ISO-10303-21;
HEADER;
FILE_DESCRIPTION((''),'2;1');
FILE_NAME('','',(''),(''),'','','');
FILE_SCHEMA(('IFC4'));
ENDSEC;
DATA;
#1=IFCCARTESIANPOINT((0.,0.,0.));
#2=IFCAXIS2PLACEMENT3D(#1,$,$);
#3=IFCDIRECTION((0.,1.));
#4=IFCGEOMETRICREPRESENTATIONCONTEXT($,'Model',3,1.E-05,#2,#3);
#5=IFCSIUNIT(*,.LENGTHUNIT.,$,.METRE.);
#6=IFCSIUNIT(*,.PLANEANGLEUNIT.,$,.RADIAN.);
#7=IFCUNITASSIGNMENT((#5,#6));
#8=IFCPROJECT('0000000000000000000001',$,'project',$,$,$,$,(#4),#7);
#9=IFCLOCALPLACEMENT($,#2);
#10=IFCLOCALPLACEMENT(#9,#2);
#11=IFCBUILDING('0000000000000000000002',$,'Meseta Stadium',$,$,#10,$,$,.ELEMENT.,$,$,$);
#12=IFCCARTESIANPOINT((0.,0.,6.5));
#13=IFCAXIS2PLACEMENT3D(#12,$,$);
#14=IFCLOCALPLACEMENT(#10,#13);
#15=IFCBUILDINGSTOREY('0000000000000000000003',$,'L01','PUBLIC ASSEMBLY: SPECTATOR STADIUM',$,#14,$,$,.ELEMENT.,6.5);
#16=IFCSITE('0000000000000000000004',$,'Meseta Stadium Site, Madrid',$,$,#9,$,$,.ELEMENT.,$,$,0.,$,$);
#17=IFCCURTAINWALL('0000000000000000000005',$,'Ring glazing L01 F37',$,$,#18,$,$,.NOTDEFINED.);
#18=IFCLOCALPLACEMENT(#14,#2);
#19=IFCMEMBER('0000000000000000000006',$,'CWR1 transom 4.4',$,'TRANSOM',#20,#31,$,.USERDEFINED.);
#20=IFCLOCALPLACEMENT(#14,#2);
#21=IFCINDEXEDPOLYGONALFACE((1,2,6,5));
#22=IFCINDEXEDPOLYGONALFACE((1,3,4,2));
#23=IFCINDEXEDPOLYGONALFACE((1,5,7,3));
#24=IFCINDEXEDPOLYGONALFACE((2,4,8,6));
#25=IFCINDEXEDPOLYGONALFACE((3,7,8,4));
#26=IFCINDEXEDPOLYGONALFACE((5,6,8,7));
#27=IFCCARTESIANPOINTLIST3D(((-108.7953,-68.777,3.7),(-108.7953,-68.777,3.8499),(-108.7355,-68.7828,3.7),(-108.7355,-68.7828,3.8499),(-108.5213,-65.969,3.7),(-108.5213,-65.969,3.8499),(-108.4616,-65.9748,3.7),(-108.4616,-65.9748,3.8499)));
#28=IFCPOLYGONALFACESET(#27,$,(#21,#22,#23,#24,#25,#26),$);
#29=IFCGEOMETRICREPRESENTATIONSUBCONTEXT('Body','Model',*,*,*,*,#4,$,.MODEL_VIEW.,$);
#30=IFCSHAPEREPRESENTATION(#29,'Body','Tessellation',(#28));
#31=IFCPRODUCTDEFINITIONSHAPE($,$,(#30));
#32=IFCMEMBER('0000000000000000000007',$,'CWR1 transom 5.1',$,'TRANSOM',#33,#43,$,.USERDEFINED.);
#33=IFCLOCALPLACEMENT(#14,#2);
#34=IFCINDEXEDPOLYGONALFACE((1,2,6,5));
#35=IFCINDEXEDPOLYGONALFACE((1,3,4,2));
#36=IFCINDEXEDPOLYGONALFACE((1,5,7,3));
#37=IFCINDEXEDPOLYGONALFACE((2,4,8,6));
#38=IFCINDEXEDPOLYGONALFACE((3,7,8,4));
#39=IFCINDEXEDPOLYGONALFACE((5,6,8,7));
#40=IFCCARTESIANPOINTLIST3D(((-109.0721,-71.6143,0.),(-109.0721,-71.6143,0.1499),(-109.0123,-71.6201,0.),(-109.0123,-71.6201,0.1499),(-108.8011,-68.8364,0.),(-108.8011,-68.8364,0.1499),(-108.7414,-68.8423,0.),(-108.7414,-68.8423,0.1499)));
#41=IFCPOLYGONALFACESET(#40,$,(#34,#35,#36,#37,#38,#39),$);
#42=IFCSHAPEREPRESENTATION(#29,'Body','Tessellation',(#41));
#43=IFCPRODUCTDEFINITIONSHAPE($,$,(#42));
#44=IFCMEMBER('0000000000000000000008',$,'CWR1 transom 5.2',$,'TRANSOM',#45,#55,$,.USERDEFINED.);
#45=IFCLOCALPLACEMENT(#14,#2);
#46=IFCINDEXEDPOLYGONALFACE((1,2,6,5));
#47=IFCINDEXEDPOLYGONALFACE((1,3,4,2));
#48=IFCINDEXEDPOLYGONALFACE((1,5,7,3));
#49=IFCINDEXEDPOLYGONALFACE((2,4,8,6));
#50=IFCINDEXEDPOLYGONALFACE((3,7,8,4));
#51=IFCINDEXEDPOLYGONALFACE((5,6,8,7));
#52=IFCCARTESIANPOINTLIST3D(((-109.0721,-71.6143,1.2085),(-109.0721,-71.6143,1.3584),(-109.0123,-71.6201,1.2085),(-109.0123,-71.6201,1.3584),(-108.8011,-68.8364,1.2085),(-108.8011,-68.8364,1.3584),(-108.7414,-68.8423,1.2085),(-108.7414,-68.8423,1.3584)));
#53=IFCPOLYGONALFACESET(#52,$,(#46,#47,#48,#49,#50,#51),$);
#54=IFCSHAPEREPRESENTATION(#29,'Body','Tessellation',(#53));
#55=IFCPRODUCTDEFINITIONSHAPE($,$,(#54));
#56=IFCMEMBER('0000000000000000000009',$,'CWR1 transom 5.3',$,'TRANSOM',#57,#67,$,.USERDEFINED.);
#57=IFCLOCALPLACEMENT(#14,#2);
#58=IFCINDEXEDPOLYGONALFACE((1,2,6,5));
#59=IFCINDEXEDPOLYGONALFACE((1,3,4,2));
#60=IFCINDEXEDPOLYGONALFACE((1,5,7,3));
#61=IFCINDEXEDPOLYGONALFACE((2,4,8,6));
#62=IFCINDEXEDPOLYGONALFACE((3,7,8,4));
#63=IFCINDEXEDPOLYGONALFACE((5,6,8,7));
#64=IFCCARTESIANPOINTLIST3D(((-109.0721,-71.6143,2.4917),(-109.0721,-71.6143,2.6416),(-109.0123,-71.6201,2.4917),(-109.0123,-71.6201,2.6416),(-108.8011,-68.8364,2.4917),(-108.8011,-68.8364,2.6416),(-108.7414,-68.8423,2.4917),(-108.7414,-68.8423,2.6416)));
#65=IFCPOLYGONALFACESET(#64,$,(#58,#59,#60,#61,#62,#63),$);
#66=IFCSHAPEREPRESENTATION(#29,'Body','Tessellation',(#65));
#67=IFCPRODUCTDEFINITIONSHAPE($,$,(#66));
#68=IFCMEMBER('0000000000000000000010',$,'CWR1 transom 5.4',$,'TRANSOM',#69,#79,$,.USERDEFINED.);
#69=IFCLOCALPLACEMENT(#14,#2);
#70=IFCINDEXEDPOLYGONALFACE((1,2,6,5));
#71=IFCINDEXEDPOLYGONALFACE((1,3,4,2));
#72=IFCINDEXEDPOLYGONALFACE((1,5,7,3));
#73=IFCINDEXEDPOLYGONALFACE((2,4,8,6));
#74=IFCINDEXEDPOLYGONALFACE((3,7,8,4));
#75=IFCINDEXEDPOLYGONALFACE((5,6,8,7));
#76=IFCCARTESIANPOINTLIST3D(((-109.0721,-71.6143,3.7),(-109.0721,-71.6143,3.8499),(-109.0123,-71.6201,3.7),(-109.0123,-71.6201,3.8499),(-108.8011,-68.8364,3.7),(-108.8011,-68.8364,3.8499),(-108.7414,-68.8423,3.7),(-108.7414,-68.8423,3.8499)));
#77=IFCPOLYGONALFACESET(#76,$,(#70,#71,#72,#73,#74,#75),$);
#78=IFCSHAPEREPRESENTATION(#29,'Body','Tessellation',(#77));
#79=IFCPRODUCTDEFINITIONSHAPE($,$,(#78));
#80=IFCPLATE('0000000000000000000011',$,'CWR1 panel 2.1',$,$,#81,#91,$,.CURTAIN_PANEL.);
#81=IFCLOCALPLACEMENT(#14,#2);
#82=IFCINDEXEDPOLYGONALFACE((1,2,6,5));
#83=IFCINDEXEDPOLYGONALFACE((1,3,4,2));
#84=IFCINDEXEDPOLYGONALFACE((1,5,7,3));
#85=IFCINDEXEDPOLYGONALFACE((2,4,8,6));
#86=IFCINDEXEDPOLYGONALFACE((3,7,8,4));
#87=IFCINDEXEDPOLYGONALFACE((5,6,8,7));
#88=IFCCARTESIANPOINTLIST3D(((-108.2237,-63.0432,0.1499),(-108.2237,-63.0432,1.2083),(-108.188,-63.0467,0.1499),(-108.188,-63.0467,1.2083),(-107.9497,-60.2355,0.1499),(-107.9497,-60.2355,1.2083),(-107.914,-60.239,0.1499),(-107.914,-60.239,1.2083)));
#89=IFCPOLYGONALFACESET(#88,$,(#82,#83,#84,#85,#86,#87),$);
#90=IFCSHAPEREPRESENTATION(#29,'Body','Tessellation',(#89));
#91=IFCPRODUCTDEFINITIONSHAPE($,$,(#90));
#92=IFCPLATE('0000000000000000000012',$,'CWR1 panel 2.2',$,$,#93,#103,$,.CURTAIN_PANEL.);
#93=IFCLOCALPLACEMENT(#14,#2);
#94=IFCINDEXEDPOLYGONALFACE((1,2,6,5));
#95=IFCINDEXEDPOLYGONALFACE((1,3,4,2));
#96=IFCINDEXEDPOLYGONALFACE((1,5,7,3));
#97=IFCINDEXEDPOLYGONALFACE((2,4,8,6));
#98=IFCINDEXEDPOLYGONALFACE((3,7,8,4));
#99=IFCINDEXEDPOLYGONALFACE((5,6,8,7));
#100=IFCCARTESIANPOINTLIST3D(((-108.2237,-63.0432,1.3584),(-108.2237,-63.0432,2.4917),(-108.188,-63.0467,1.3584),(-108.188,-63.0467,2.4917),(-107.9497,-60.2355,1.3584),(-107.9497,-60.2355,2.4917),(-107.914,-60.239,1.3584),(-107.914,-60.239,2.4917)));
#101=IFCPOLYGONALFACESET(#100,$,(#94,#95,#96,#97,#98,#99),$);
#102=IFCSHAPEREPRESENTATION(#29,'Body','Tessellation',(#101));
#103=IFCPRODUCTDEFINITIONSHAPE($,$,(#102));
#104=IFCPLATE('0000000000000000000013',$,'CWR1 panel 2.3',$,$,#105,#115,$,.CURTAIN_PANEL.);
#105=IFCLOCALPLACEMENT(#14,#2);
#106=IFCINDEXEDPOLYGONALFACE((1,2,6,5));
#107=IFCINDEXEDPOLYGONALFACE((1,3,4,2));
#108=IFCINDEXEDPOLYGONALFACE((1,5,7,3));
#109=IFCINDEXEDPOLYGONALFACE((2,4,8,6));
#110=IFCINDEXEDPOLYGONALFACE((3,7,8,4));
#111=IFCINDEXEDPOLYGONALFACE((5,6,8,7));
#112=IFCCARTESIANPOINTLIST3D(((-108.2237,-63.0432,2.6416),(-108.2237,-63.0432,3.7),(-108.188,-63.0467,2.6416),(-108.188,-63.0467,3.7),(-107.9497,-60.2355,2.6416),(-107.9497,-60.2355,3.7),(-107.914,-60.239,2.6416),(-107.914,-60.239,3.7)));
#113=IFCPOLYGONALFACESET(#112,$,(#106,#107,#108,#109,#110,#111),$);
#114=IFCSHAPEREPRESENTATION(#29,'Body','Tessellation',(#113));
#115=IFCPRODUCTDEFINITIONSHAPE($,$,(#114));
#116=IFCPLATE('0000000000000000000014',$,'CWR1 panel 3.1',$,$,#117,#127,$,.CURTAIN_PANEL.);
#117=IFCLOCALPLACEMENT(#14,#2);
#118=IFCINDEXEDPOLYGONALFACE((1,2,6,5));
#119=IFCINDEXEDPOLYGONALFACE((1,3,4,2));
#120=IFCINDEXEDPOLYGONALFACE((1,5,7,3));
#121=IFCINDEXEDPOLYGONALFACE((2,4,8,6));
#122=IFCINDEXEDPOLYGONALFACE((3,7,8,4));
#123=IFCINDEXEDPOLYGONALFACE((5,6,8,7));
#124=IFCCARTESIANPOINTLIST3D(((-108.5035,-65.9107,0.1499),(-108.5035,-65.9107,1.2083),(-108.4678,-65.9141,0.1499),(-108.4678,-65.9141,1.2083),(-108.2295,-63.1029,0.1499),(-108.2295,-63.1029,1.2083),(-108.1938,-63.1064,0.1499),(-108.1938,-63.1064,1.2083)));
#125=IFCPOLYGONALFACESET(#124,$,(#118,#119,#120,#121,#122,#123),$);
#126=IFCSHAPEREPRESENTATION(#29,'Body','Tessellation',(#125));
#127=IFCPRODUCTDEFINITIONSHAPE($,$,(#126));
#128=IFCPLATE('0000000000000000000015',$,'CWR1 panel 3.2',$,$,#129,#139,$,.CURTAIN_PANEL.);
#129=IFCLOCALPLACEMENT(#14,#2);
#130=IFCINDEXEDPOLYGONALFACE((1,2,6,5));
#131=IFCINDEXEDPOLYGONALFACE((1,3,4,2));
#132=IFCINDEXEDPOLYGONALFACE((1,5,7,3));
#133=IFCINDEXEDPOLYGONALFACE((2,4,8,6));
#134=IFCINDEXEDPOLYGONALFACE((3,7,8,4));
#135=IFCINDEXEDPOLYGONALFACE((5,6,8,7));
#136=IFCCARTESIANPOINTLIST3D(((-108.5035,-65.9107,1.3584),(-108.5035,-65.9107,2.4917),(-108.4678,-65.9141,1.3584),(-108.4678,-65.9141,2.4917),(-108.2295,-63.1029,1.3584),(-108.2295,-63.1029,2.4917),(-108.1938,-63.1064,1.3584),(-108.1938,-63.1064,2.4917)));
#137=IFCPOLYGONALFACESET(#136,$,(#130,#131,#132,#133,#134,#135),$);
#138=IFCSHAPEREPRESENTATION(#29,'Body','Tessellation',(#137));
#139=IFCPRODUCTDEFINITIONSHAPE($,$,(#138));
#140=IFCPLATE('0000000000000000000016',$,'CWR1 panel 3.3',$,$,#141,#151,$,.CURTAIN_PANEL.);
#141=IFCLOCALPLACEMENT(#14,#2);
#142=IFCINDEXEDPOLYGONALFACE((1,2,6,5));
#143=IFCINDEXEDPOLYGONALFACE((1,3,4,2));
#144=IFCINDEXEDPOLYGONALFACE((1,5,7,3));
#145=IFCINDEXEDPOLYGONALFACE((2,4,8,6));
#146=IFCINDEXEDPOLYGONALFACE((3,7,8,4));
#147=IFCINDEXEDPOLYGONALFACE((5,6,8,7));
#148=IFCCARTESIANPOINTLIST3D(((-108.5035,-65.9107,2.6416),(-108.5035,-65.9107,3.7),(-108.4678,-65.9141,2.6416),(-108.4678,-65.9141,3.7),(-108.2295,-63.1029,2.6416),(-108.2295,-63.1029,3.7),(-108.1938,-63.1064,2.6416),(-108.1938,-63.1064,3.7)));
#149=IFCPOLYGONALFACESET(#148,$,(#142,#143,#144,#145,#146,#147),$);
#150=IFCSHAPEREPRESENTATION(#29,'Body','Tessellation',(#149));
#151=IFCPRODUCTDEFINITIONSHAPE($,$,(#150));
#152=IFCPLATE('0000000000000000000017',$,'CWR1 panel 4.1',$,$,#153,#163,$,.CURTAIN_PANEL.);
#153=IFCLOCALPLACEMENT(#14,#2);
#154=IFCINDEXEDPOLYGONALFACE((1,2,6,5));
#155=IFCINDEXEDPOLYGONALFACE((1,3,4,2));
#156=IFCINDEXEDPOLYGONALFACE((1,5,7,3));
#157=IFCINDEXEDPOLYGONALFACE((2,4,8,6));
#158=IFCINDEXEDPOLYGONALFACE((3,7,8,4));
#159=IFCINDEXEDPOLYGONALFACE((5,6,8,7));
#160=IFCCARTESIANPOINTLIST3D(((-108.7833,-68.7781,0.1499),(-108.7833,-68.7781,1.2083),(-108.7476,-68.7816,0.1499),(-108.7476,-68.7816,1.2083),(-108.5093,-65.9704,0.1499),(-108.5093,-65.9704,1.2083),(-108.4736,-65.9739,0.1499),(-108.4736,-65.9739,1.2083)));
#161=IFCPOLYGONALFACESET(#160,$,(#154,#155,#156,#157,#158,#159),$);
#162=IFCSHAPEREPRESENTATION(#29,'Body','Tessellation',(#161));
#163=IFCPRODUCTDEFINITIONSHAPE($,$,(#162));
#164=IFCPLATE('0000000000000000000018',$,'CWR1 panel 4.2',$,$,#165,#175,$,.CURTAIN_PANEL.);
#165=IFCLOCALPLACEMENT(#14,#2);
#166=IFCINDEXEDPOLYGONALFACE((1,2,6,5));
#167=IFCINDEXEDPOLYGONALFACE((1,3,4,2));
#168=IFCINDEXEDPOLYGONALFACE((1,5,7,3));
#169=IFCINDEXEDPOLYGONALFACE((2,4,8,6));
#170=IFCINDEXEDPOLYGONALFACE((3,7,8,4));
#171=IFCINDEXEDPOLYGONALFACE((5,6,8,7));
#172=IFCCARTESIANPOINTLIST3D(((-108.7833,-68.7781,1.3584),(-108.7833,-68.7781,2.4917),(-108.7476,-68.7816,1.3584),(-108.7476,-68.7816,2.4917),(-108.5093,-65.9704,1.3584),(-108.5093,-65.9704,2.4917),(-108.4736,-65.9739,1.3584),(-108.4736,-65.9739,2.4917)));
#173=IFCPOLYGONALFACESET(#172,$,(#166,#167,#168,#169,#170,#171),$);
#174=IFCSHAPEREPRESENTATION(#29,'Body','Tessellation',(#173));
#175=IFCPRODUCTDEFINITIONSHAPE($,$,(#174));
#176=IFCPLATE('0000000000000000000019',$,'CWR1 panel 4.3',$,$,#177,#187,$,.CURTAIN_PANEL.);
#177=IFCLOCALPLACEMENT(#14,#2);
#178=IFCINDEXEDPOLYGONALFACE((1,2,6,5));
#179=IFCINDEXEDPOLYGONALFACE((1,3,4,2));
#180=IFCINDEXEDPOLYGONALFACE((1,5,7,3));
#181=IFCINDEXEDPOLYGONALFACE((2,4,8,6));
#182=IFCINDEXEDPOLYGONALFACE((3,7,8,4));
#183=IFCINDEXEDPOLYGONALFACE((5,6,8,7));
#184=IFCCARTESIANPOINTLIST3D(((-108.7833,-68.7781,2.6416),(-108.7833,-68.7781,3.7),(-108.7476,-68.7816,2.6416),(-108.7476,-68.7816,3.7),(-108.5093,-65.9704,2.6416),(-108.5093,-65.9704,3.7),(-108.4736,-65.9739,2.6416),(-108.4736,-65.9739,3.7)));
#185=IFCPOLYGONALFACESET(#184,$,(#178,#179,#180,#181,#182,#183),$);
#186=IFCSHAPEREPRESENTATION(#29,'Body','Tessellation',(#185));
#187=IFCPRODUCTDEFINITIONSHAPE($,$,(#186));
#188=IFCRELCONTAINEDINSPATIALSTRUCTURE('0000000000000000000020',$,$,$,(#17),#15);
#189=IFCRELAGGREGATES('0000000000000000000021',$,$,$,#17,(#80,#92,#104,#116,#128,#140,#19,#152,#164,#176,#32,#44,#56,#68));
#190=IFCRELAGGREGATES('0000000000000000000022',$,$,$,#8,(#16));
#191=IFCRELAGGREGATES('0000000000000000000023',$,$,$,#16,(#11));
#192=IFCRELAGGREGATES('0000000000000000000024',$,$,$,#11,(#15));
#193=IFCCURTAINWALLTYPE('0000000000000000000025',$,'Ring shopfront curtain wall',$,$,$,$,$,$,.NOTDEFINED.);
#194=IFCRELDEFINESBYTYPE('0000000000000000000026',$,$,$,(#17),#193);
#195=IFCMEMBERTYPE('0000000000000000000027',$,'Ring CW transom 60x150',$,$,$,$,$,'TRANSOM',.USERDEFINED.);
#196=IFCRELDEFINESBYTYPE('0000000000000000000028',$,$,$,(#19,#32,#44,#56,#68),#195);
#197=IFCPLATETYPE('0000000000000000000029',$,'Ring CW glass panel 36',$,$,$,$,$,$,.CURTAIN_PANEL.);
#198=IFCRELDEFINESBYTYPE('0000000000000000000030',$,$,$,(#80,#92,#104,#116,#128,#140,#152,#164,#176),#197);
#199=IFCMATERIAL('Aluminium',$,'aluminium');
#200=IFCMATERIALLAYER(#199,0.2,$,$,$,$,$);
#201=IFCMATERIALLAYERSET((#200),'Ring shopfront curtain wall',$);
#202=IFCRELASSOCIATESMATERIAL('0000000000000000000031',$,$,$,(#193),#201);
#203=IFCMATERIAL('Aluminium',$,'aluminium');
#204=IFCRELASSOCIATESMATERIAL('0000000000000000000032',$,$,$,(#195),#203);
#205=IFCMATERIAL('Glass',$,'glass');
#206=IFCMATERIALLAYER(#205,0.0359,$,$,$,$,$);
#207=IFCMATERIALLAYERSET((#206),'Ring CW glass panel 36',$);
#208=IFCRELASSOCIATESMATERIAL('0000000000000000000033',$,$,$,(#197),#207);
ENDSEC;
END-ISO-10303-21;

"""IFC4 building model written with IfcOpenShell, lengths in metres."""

from ifc_helpers import new_model, si_unit, direction, frame, origin, origin_2d, place, context, subcontext, project, spatial, rectangle, extrude, material, layer, layer_set, material_profile, profile_set, type_object, element, aggregate, save


model = new_model("IFC4")

# Units and contexts
model_context = context("Model", 3, precision=1e-05, world=origin(), true_north=direction((0.0, 1.0)))
body_context = subcontext(model_context, "Body", "Model", "MODEL_VIEW")
ifc_project = project(units=[si_unit("LENGTHUNIT", "METRE"), si_unit("PLANEANGLEUNIT", "RADIAN")], contexts=[model_context])

# Site, building, storey
site_placement = place(None, origin())
site = spatial("IfcSite", under=ifc_project, at=site_placement, Name="Meseta Stadium Site, Madrid", CompositionType="ELEMENT", RefElevation=0.0)
building_placement = place(site_placement, origin())
building = spatial("IfcBuilding", under=site, at=building_placement, Name="Meseta Stadium", CompositionType="ELEMENT")
storey_placement = place(building_placement, frame((0.0, 0.0, 6.5)))
storey = spatial("IfcBuildingStorey", under=building, at=storey_placement, Name="L01", Description="PUBLIC ASSEMBLY: SPECTATOR STADIUM", CompositionType="ELEMENT", Elevation=6.5)

# Curtain wall, members, plates
ifc_material_1 = material(Name="Aluminium", Category="aluminium")
ifc_layer_1 = layer(ifc_material_1, 0.2)
ifc_layer_set_1 = layer_set([ifc_layer_1], Name="Ring shopfront curtain wall")
curtain_wall_type = type_object("IfcCurtainWallType", Name="Ring shopfront curtain wall", PredefinedType="NOTDEFINED", material=ifc_layer_set_1)
curtain_wall_placement = place(storey_placement, origin())
curtain_wall = element("IfcCurtainWall", 1, at=curtain_wall_placement, inside=storey, type_object=curtain_wall_type, Name="Ring glazing L01 F37", PredefinedType="NOTDEFINED")
ifc_material_2 = material(Name="Aluminium", Category="aluminium")
ifc_material_profile_1 = material_profile(ifc_material_2, rectangle(XDim=0.0601, YDim=0.1499, at=origin_2d()), Name="CW 60x150")
ifc_profile_set_1 = profile_set([ifc_material_profile_1], Name="Aluminium")
member_type_1 = type_object("IfcMemberType", Name="Ring CW transom 60x150", ElementType="TRANSOM", PredefinedType="USERDEFINED", material=ifc_profile_set_1)
member_1_placement = place(storey_placement, frame((-108.4915, -65.9719, 3.7749), z_axis=(-0.097096, -0.995275, 0.0), x_axis=(0.995275, -0.097096, 0.0)))
member_1 = element("IfcMember", 2, at=member_1_placement, type_object=member_type_1, Name="CWR1 transom 4.4", ObjectType="TRANSOM", PredefinedType="USERDEFINED", context=body_context, shape_type="SweptSolid", body=[
    extrude(rectangle(XDim=0.0601, YDim=0.1499, at=origin_2d()), origin(), (0.0, 0.0, 1.0), 2.8213),
])
member_2_placement = place(storey_placement, frame((-108.7712, -68.8394, 0.075), z_axis=(-0.097096, -0.995275, 0.0), x_axis=(0.995275, -0.097096, 0.0)))
member_2 = element("IfcMember", 3, at=member_2_placement, type_object=member_type_1, Name="CWR1 transom 5.1", ObjectType="TRANSOM", PredefinedType="USERDEFINED", context=body_context, shape_type="SweptSolid", body=[
    extrude(rectangle(XDim=0.0601, YDim=0.1499, at=origin_2d()), origin(), (0.0, 0.0, 1.0), 2.791),
])
member_3_placement = place(storey_placement, frame((-108.7712, -68.8394, 1.2834), z_axis=(-0.097096, -0.995275, 0.0), x_axis=(0.995275, -0.097096, 0.0)))
member_3 = element("IfcMember", 4, at=member_3_placement, type_object=member_type_1, Name="CWR1 transom 5.2", ObjectType="TRANSOM", PredefinedType="USERDEFINED", context=body_context, shape_type="SweptSolid", body=[
    extrude(rectangle(XDim=0.0601, YDim=0.1499, at=origin_2d()), origin(), (0.0, 0.0, 1.0), 2.791),
])
member_4_placement = place(storey_placement, frame((-108.7712, -68.8394, 2.5667), z_axis=(-0.097096, -0.995275, 0.0), x_axis=(0.995275, -0.097096, 0.0)))
member_4 = element("IfcMember", 5, at=member_4_placement, type_object=member_type_1, Name="CWR1 transom 5.3", ObjectType="TRANSOM", PredefinedType="USERDEFINED", context=body_context, shape_type="SweptSolid", body=[
    extrude(rectangle(XDim=0.0601, YDim=0.1499, at=origin_2d()), origin(), (0.0, 0.0, 1.0), 2.791),
])
member_5_placement = place(storey_placement, frame((-108.7712, -68.8394, 3.7749), z_axis=(-0.097096, -0.995275, 0.0), x_axis=(0.995275, -0.097096, 0.0)))
member_5 = element("IfcMember", 6, at=member_5_placement, type_object=member_type_1, Name="CWR1 transom 5.4", ObjectType="TRANSOM", PredefinedType="USERDEFINED", context=body_context, shape_type="SweptSolid", body=[
    extrude(rectangle(XDim=0.0601, YDim=0.1499, at=origin_2d()), origin(), (0.0, 0.0, 1.0), 2.791),
])
ifc_material_3 = material(Name="Glass", Category="glass")
ifc_layer_2 = layer(ifc_material_3, 0.0359)
ifc_layer_set_2 = layer_set([ifc_layer_2], Name="Ring CW glass panel 36")
plate_type_1 = type_object("IfcPlateType", Name="Ring CW glass panel 36", PredefinedType="CURTAIN_PANEL", material=ifc_layer_set_2)
plate_1_placement = place(storey_placement, frame((-108.0688, -61.6411, 0.1499), z_axis=(0.0, 0.0, 1.0), x_axis=(-0.097125, -0.995272, 0.0)))
plate_1 = element("IfcPlate", 7, at=plate_1_placement, type_object=plate_type_1, Name="CWR1 panel 2.1", PredefinedType="CURTAIN_PANEL", context=body_context, shape_type="SweptSolid", body=[
    extrude(rectangle(XDim=2.821, YDim=0.0359, at=origin_2d()), origin(), (0.0, 0.0, 1.0), 1.0583),
])
plate_2_placement = place(storey_placement, frame((-108.0688, -61.6411, 1.3584), z_axis=(0.0, 0.0, 1.0), x_axis=(-0.097125, -0.995272, 0.0)))
plate_2 = element("IfcPlate", 8, at=plate_2_placement, type_object=plate_type_1, Name="CWR1 panel 2.2", PredefinedType="CURTAIN_PANEL", context=body_context, shape_type="SweptSolid", body=[
    extrude(rectangle(XDim=2.821, YDim=0.0359, at=origin_2d()), origin(), (0.0, 0.0, 1.0), 1.1333),
])
plate_3_placement = place(storey_placement, frame((-108.0688, -61.6411, 2.6416), z_axis=(0.0, 0.0, 1.0), x_axis=(-0.097125, -0.995272, 0.0)))
plate_3 = element("IfcPlate", 9, at=plate_3_placement, type_object=plate_type_1, Name="CWR1 panel 2.3", PredefinedType="CURTAIN_PANEL", context=body_context, shape_type="SweptSolid", body=[
    extrude(rectangle(XDim=2.821, YDim=0.0359, at=origin_2d()), origin(), (0.0, 0.0, 1.0), 1.0583),
])
plate_4_placement = place(storey_placement, frame((-108.3486, -64.5085, 0.1499), z_axis=(0.0, 0.0, 1.0), x_axis=(-0.097125, -0.995272, 0.0)))
plate_4 = element("IfcPlate", 10, at=plate_4_placement, type_object=plate_type_1, Name="CWR1 panel 3.1", PredefinedType="CURTAIN_PANEL", context=body_context, shape_type="SweptSolid", body=[
    extrude(rectangle(XDim=2.821, YDim=0.0359, at=origin_2d()), origin(), (0.0, 0.0, 1.0), 1.0583),
])
plate_5_placement = place(storey_placement, frame((-108.3486, -64.5085, 1.3584), z_axis=(0.0, 0.0, 1.0), x_axis=(-0.097125, -0.995272, 0.0)))
plate_5 = element("IfcPlate", 11, at=plate_5_placement, type_object=plate_type_1, Name="CWR1 panel 3.2", PredefinedType="CURTAIN_PANEL", context=body_context, shape_type="SweptSolid", body=[
    extrude(rectangle(XDim=2.821, YDim=0.0359, at=origin_2d()), origin(), (0.0, 0.0, 1.0), 1.1333),
])
plate_6_placement = place(storey_placement, frame((-108.3486, -64.5085, 2.6416), z_axis=(0.0, 0.0, 1.0), x_axis=(-0.097125, -0.995272, 0.0)))
plate_6 = element("IfcPlate", 12, at=plate_6_placement, type_object=plate_type_1, Name="CWR1 panel 3.3", PredefinedType="CURTAIN_PANEL", context=body_context, shape_type="SweptSolid", body=[
    extrude(rectangle(XDim=2.821, YDim=0.0359, at=origin_2d()), origin(), (0.0, 0.0, 1.0), 1.0583),
])
plate_7_placement = place(storey_placement, frame((-108.6284, -67.376, 0.1499), z_axis=(0.0, 0.0, 1.0), x_axis=(-0.097125, -0.995272, 0.0)))
plate_7 = element("IfcPlate", 13, at=plate_7_placement, type_object=plate_type_1, Name="CWR1 panel 4.1", PredefinedType="CURTAIN_PANEL", context=body_context, shape_type="SweptSolid", body=[
    extrude(rectangle(XDim=2.821, YDim=0.0359, at=origin_2d()), origin(), (0.0, 0.0, 1.0), 1.0583),
])
plate_8_placement = place(storey_placement, frame((-108.6284, -67.376, 1.3584), z_axis=(0.0, 0.0, 1.0), x_axis=(-0.097125, -0.995272, 0.0)))
plate_8 = element("IfcPlate", 14, at=plate_8_placement, type_object=plate_type_1, Name="CWR1 panel 4.2", PredefinedType="CURTAIN_PANEL", context=body_context, shape_type="SweptSolid", body=[
    extrude(rectangle(XDim=2.821, YDim=0.0359, at=origin_2d()), origin(), (0.0, 0.0, 1.0), 1.1333),
])
plate_9_placement = place(storey_placement, frame((-108.6284, -67.376, 2.6416), z_axis=(0.0, 0.0, 1.0), x_axis=(-0.097125, -0.995272, 0.0)))
plate_9 = element("IfcPlate", 15, at=plate_9_placement, type_object=plate_type_1, Name="CWR1 panel 4.3", PredefinedType="CURTAIN_PANEL", context=body_context, shape_type="SweptSolid", body=[
    extrude(rectangle(XDim=2.821, YDim=0.0359, at=origin_2d()), origin(), (0.0, 0.0, 1.0), 1.0583),
])
aggregate(curtain_wall, [plate_1, plate_2, plate_3, plate_4, plate_5, plate_6, member_1, plate_7, plate_8, plate_9, member_2, member_3, member_4, member_5])

save(model, "model.ifc")
